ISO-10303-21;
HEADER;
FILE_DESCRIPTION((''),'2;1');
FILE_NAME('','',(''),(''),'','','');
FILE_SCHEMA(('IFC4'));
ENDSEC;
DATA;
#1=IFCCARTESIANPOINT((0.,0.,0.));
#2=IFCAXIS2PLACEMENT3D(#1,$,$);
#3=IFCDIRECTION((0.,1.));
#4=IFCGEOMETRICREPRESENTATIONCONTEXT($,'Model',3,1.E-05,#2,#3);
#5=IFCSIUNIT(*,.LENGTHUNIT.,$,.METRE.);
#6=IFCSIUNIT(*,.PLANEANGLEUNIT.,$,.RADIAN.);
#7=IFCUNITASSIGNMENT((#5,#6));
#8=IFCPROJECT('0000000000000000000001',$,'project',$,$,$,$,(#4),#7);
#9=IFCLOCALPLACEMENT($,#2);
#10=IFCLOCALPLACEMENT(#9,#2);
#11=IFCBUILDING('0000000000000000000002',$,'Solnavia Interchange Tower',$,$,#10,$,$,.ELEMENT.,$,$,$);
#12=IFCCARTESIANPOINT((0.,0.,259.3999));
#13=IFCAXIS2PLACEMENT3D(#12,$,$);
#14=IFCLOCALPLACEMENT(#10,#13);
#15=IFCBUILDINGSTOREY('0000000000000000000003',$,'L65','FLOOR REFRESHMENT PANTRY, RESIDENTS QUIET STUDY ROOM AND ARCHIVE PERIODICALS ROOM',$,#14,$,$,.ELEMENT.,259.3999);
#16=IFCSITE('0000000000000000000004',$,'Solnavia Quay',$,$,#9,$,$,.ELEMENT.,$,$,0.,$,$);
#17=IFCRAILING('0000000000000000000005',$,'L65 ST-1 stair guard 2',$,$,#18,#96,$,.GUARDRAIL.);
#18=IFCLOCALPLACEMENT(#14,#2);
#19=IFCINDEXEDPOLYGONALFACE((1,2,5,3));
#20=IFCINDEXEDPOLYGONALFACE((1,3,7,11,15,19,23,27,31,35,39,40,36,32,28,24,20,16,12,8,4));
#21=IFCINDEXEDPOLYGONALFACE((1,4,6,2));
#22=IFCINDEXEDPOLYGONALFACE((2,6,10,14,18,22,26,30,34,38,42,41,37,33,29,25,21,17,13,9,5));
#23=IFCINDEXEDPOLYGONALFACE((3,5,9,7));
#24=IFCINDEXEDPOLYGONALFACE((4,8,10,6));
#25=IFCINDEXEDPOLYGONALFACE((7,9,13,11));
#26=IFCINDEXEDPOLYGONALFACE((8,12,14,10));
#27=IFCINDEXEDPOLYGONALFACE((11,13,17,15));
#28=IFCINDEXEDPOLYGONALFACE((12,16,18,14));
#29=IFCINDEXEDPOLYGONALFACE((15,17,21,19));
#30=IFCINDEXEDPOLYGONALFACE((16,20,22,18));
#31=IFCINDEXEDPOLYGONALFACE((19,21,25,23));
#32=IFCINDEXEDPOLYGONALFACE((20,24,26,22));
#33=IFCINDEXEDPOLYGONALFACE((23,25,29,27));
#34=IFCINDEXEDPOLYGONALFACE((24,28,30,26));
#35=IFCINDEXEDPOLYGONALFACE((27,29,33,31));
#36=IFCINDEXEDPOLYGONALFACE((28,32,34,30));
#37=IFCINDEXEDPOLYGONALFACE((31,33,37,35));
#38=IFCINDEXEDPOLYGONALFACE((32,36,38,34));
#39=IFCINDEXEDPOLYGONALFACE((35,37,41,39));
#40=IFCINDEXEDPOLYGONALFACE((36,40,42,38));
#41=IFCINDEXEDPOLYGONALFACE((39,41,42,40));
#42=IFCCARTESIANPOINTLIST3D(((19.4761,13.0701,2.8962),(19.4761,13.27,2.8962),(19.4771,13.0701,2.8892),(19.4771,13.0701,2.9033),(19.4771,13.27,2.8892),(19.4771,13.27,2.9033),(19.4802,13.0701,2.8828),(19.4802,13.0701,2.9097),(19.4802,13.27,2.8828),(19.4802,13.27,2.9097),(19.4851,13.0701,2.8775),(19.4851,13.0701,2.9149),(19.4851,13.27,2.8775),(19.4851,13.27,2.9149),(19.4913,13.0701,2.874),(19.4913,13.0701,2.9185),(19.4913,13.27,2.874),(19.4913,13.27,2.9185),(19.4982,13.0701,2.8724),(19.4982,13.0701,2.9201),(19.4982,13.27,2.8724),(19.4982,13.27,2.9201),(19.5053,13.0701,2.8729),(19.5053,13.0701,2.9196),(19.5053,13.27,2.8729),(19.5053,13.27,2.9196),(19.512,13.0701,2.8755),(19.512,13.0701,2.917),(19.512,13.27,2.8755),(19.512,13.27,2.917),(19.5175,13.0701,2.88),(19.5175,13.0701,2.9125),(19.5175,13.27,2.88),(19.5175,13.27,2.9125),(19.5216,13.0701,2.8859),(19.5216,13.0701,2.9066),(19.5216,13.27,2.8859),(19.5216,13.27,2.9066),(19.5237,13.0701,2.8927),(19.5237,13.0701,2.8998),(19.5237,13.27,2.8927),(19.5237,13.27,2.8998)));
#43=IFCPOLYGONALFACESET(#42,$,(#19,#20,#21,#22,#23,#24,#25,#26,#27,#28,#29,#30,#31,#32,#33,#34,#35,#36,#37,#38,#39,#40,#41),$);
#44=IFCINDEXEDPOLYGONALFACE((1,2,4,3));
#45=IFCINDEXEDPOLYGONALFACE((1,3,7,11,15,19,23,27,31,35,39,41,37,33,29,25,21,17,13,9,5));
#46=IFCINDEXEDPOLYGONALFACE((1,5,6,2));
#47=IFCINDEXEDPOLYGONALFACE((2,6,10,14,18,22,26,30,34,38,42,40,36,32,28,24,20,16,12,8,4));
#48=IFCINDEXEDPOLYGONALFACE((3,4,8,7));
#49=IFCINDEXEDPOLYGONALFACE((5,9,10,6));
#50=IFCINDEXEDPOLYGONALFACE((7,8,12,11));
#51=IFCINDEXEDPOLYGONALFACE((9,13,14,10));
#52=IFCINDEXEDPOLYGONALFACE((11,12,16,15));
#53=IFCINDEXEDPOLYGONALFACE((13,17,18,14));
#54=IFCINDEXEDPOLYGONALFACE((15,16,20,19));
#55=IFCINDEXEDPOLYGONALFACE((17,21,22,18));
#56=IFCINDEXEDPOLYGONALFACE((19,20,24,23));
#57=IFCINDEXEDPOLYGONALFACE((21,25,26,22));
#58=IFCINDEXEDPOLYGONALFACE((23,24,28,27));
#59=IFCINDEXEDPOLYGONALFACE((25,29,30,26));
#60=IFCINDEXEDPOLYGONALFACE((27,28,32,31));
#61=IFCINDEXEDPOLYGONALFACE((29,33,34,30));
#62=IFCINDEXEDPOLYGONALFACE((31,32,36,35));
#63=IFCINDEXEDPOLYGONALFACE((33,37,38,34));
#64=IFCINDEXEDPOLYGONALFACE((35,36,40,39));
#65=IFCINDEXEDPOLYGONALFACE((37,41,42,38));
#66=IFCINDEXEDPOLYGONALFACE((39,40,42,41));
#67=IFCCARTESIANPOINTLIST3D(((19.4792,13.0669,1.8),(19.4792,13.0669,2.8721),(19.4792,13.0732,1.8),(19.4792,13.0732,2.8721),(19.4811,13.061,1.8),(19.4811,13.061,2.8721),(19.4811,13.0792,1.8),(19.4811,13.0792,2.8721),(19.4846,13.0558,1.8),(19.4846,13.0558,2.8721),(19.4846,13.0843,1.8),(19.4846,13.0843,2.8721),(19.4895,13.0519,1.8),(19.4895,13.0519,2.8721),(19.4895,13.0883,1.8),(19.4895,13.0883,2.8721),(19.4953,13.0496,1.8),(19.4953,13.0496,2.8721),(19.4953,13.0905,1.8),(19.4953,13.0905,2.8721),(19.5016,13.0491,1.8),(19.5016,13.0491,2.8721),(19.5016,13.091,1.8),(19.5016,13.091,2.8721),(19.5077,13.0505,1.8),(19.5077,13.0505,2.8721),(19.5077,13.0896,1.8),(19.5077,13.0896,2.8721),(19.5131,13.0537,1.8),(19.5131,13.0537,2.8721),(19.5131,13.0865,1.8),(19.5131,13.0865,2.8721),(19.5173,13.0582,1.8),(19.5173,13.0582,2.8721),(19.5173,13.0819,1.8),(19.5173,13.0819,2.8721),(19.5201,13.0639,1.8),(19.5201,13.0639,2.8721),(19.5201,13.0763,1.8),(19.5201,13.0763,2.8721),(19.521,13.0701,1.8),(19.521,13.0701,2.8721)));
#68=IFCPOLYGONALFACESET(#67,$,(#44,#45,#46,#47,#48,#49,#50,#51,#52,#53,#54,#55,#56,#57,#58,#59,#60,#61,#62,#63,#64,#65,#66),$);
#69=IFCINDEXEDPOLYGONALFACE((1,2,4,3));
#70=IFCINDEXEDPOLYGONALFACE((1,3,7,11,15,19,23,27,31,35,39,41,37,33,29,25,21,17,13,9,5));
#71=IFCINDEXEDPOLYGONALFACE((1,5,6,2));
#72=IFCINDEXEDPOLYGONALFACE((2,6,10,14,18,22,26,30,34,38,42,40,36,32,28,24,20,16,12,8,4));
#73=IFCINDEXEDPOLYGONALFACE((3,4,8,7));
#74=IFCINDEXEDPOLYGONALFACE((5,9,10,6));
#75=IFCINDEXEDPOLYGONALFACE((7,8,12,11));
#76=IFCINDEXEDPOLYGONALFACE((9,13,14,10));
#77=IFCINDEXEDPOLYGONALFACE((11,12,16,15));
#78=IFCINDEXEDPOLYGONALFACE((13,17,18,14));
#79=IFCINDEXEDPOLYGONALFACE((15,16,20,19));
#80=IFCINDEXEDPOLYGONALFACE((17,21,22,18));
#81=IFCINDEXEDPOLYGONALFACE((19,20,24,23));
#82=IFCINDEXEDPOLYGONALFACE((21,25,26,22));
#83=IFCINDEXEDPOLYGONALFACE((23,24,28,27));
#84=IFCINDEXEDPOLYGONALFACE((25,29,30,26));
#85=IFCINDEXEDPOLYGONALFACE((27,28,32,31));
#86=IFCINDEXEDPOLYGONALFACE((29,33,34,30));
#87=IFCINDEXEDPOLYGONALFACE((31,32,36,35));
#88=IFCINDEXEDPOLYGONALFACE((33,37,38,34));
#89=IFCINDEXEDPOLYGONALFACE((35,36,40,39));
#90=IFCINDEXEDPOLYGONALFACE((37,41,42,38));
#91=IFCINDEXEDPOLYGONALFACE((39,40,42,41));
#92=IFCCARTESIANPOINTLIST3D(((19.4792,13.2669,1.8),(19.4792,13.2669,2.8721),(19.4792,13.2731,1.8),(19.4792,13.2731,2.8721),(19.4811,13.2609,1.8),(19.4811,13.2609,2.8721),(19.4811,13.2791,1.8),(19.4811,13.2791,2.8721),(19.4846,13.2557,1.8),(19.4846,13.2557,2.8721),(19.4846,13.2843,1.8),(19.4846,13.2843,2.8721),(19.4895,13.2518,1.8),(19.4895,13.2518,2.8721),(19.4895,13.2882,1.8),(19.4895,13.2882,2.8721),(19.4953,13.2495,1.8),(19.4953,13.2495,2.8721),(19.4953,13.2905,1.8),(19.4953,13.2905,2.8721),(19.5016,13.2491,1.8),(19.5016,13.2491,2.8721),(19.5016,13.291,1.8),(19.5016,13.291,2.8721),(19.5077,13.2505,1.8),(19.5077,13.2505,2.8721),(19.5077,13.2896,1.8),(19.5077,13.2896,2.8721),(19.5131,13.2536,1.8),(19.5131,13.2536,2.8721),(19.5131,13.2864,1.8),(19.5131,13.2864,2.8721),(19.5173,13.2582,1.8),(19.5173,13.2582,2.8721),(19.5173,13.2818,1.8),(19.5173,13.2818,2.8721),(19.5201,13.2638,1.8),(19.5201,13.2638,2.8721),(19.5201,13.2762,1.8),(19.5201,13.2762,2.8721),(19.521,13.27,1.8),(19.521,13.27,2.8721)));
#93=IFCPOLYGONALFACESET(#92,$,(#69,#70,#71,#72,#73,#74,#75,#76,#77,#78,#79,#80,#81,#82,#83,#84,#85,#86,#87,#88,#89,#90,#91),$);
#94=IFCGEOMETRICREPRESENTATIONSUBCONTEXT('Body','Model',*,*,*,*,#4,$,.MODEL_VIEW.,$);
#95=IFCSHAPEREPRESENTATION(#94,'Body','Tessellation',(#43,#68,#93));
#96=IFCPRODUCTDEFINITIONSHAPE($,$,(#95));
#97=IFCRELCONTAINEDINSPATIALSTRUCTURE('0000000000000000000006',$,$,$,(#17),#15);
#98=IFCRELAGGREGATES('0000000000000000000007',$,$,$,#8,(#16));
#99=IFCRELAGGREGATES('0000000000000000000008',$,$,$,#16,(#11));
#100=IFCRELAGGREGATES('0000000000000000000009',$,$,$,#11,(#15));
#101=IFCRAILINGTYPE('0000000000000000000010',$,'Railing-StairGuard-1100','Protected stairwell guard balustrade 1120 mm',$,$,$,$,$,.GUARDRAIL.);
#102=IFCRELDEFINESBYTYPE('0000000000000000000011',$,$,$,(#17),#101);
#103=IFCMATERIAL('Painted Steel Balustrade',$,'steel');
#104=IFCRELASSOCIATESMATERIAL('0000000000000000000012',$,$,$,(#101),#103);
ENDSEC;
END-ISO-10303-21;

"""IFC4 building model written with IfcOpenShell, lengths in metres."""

from ifc_helpers import new_model, si_unit, direction, frame, origin, origin_2d, place, context, subcontext, project, spatial, circle, extrude, material, type_object, element, save


model = new_model("IFC4")

# Units and contexts
model_context = context("Model", 3, precision=1e-05, world=origin(), true_north=direction((0.0, 1.0)))
body_context = subcontext(model_context, "Body", "Model", "MODEL_VIEW")
ifc_project = project(units=[si_unit("LENGTHUNIT", "METRE"), si_unit("PLANEANGLEUNIT", "RADIAN")], contexts=[model_context])

# Site, building, storey
site_placement = place(None, origin())
site = spatial("IfcSite", under=ifc_project, at=site_placement, Name="Solnavia Quay", CompositionType="ELEMENT", RefElevation=0.0)
building_placement = place(site_placement, origin())
building = spatial("IfcBuilding", under=site, at=building_placement, Name="Solnavia Interchange Tower", CompositionType="ELEMENT")
storey_placement = place(building_placement, frame((0.0, 0.0, 259.3999)))
storey = spatial("IfcBuildingStorey", under=building, at=storey_placement, Name="L65", Description="FLOOR REFRESHMENT PANTRY, RESIDENTS QUIET STUDY ROOM AND ARCHIVE PERIODICALS ROOM", CompositionType="ELEMENT", Elevation=259.3999)

# Railing
ifc_material_1 = material(Name="Painted Steel Balustrade", Category="steel")
railing_type_1 = type_object("IfcRailingType", Name="Railing-StairGuard-1100", Description="Protected stairwell guard balustrade 1120 mm", PredefinedType="GUARDRAIL", material=ifc_material_1)
railing_1_placement = place(storey_placement, frame((19.5, 13.0701, 1.8)))
element("IfcRailing", 1, at=railing_1_placement, inside=storey, type_object=railing_type_1, Name="L65 ST-1 stair guard 2", PredefinedType="GUARDRAIL", context=body_context, shape_type="SweptSolid", body=[
    extrude(circle(Radius=0.0239, at=origin_2d()), frame((0.0, 0.0, 1.0962), z_axis=(0.0, 1.0, 0.0), x_axis=(-1.0, 0.0, 0.0)), (0.0, 0.0, 1.0), 0.2),
    extrude(circle(Radius=0.021, at=origin_2d()), origin(), (0.0, 0.0, 1.0), 1.072),
    extrude(circle(Radius=0.021, at=origin_2d()), frame((0.0, 0.2, 0.0)), (0.0, 0.0, 1.0), 1.072),
])

save(model, "model.ifc")
